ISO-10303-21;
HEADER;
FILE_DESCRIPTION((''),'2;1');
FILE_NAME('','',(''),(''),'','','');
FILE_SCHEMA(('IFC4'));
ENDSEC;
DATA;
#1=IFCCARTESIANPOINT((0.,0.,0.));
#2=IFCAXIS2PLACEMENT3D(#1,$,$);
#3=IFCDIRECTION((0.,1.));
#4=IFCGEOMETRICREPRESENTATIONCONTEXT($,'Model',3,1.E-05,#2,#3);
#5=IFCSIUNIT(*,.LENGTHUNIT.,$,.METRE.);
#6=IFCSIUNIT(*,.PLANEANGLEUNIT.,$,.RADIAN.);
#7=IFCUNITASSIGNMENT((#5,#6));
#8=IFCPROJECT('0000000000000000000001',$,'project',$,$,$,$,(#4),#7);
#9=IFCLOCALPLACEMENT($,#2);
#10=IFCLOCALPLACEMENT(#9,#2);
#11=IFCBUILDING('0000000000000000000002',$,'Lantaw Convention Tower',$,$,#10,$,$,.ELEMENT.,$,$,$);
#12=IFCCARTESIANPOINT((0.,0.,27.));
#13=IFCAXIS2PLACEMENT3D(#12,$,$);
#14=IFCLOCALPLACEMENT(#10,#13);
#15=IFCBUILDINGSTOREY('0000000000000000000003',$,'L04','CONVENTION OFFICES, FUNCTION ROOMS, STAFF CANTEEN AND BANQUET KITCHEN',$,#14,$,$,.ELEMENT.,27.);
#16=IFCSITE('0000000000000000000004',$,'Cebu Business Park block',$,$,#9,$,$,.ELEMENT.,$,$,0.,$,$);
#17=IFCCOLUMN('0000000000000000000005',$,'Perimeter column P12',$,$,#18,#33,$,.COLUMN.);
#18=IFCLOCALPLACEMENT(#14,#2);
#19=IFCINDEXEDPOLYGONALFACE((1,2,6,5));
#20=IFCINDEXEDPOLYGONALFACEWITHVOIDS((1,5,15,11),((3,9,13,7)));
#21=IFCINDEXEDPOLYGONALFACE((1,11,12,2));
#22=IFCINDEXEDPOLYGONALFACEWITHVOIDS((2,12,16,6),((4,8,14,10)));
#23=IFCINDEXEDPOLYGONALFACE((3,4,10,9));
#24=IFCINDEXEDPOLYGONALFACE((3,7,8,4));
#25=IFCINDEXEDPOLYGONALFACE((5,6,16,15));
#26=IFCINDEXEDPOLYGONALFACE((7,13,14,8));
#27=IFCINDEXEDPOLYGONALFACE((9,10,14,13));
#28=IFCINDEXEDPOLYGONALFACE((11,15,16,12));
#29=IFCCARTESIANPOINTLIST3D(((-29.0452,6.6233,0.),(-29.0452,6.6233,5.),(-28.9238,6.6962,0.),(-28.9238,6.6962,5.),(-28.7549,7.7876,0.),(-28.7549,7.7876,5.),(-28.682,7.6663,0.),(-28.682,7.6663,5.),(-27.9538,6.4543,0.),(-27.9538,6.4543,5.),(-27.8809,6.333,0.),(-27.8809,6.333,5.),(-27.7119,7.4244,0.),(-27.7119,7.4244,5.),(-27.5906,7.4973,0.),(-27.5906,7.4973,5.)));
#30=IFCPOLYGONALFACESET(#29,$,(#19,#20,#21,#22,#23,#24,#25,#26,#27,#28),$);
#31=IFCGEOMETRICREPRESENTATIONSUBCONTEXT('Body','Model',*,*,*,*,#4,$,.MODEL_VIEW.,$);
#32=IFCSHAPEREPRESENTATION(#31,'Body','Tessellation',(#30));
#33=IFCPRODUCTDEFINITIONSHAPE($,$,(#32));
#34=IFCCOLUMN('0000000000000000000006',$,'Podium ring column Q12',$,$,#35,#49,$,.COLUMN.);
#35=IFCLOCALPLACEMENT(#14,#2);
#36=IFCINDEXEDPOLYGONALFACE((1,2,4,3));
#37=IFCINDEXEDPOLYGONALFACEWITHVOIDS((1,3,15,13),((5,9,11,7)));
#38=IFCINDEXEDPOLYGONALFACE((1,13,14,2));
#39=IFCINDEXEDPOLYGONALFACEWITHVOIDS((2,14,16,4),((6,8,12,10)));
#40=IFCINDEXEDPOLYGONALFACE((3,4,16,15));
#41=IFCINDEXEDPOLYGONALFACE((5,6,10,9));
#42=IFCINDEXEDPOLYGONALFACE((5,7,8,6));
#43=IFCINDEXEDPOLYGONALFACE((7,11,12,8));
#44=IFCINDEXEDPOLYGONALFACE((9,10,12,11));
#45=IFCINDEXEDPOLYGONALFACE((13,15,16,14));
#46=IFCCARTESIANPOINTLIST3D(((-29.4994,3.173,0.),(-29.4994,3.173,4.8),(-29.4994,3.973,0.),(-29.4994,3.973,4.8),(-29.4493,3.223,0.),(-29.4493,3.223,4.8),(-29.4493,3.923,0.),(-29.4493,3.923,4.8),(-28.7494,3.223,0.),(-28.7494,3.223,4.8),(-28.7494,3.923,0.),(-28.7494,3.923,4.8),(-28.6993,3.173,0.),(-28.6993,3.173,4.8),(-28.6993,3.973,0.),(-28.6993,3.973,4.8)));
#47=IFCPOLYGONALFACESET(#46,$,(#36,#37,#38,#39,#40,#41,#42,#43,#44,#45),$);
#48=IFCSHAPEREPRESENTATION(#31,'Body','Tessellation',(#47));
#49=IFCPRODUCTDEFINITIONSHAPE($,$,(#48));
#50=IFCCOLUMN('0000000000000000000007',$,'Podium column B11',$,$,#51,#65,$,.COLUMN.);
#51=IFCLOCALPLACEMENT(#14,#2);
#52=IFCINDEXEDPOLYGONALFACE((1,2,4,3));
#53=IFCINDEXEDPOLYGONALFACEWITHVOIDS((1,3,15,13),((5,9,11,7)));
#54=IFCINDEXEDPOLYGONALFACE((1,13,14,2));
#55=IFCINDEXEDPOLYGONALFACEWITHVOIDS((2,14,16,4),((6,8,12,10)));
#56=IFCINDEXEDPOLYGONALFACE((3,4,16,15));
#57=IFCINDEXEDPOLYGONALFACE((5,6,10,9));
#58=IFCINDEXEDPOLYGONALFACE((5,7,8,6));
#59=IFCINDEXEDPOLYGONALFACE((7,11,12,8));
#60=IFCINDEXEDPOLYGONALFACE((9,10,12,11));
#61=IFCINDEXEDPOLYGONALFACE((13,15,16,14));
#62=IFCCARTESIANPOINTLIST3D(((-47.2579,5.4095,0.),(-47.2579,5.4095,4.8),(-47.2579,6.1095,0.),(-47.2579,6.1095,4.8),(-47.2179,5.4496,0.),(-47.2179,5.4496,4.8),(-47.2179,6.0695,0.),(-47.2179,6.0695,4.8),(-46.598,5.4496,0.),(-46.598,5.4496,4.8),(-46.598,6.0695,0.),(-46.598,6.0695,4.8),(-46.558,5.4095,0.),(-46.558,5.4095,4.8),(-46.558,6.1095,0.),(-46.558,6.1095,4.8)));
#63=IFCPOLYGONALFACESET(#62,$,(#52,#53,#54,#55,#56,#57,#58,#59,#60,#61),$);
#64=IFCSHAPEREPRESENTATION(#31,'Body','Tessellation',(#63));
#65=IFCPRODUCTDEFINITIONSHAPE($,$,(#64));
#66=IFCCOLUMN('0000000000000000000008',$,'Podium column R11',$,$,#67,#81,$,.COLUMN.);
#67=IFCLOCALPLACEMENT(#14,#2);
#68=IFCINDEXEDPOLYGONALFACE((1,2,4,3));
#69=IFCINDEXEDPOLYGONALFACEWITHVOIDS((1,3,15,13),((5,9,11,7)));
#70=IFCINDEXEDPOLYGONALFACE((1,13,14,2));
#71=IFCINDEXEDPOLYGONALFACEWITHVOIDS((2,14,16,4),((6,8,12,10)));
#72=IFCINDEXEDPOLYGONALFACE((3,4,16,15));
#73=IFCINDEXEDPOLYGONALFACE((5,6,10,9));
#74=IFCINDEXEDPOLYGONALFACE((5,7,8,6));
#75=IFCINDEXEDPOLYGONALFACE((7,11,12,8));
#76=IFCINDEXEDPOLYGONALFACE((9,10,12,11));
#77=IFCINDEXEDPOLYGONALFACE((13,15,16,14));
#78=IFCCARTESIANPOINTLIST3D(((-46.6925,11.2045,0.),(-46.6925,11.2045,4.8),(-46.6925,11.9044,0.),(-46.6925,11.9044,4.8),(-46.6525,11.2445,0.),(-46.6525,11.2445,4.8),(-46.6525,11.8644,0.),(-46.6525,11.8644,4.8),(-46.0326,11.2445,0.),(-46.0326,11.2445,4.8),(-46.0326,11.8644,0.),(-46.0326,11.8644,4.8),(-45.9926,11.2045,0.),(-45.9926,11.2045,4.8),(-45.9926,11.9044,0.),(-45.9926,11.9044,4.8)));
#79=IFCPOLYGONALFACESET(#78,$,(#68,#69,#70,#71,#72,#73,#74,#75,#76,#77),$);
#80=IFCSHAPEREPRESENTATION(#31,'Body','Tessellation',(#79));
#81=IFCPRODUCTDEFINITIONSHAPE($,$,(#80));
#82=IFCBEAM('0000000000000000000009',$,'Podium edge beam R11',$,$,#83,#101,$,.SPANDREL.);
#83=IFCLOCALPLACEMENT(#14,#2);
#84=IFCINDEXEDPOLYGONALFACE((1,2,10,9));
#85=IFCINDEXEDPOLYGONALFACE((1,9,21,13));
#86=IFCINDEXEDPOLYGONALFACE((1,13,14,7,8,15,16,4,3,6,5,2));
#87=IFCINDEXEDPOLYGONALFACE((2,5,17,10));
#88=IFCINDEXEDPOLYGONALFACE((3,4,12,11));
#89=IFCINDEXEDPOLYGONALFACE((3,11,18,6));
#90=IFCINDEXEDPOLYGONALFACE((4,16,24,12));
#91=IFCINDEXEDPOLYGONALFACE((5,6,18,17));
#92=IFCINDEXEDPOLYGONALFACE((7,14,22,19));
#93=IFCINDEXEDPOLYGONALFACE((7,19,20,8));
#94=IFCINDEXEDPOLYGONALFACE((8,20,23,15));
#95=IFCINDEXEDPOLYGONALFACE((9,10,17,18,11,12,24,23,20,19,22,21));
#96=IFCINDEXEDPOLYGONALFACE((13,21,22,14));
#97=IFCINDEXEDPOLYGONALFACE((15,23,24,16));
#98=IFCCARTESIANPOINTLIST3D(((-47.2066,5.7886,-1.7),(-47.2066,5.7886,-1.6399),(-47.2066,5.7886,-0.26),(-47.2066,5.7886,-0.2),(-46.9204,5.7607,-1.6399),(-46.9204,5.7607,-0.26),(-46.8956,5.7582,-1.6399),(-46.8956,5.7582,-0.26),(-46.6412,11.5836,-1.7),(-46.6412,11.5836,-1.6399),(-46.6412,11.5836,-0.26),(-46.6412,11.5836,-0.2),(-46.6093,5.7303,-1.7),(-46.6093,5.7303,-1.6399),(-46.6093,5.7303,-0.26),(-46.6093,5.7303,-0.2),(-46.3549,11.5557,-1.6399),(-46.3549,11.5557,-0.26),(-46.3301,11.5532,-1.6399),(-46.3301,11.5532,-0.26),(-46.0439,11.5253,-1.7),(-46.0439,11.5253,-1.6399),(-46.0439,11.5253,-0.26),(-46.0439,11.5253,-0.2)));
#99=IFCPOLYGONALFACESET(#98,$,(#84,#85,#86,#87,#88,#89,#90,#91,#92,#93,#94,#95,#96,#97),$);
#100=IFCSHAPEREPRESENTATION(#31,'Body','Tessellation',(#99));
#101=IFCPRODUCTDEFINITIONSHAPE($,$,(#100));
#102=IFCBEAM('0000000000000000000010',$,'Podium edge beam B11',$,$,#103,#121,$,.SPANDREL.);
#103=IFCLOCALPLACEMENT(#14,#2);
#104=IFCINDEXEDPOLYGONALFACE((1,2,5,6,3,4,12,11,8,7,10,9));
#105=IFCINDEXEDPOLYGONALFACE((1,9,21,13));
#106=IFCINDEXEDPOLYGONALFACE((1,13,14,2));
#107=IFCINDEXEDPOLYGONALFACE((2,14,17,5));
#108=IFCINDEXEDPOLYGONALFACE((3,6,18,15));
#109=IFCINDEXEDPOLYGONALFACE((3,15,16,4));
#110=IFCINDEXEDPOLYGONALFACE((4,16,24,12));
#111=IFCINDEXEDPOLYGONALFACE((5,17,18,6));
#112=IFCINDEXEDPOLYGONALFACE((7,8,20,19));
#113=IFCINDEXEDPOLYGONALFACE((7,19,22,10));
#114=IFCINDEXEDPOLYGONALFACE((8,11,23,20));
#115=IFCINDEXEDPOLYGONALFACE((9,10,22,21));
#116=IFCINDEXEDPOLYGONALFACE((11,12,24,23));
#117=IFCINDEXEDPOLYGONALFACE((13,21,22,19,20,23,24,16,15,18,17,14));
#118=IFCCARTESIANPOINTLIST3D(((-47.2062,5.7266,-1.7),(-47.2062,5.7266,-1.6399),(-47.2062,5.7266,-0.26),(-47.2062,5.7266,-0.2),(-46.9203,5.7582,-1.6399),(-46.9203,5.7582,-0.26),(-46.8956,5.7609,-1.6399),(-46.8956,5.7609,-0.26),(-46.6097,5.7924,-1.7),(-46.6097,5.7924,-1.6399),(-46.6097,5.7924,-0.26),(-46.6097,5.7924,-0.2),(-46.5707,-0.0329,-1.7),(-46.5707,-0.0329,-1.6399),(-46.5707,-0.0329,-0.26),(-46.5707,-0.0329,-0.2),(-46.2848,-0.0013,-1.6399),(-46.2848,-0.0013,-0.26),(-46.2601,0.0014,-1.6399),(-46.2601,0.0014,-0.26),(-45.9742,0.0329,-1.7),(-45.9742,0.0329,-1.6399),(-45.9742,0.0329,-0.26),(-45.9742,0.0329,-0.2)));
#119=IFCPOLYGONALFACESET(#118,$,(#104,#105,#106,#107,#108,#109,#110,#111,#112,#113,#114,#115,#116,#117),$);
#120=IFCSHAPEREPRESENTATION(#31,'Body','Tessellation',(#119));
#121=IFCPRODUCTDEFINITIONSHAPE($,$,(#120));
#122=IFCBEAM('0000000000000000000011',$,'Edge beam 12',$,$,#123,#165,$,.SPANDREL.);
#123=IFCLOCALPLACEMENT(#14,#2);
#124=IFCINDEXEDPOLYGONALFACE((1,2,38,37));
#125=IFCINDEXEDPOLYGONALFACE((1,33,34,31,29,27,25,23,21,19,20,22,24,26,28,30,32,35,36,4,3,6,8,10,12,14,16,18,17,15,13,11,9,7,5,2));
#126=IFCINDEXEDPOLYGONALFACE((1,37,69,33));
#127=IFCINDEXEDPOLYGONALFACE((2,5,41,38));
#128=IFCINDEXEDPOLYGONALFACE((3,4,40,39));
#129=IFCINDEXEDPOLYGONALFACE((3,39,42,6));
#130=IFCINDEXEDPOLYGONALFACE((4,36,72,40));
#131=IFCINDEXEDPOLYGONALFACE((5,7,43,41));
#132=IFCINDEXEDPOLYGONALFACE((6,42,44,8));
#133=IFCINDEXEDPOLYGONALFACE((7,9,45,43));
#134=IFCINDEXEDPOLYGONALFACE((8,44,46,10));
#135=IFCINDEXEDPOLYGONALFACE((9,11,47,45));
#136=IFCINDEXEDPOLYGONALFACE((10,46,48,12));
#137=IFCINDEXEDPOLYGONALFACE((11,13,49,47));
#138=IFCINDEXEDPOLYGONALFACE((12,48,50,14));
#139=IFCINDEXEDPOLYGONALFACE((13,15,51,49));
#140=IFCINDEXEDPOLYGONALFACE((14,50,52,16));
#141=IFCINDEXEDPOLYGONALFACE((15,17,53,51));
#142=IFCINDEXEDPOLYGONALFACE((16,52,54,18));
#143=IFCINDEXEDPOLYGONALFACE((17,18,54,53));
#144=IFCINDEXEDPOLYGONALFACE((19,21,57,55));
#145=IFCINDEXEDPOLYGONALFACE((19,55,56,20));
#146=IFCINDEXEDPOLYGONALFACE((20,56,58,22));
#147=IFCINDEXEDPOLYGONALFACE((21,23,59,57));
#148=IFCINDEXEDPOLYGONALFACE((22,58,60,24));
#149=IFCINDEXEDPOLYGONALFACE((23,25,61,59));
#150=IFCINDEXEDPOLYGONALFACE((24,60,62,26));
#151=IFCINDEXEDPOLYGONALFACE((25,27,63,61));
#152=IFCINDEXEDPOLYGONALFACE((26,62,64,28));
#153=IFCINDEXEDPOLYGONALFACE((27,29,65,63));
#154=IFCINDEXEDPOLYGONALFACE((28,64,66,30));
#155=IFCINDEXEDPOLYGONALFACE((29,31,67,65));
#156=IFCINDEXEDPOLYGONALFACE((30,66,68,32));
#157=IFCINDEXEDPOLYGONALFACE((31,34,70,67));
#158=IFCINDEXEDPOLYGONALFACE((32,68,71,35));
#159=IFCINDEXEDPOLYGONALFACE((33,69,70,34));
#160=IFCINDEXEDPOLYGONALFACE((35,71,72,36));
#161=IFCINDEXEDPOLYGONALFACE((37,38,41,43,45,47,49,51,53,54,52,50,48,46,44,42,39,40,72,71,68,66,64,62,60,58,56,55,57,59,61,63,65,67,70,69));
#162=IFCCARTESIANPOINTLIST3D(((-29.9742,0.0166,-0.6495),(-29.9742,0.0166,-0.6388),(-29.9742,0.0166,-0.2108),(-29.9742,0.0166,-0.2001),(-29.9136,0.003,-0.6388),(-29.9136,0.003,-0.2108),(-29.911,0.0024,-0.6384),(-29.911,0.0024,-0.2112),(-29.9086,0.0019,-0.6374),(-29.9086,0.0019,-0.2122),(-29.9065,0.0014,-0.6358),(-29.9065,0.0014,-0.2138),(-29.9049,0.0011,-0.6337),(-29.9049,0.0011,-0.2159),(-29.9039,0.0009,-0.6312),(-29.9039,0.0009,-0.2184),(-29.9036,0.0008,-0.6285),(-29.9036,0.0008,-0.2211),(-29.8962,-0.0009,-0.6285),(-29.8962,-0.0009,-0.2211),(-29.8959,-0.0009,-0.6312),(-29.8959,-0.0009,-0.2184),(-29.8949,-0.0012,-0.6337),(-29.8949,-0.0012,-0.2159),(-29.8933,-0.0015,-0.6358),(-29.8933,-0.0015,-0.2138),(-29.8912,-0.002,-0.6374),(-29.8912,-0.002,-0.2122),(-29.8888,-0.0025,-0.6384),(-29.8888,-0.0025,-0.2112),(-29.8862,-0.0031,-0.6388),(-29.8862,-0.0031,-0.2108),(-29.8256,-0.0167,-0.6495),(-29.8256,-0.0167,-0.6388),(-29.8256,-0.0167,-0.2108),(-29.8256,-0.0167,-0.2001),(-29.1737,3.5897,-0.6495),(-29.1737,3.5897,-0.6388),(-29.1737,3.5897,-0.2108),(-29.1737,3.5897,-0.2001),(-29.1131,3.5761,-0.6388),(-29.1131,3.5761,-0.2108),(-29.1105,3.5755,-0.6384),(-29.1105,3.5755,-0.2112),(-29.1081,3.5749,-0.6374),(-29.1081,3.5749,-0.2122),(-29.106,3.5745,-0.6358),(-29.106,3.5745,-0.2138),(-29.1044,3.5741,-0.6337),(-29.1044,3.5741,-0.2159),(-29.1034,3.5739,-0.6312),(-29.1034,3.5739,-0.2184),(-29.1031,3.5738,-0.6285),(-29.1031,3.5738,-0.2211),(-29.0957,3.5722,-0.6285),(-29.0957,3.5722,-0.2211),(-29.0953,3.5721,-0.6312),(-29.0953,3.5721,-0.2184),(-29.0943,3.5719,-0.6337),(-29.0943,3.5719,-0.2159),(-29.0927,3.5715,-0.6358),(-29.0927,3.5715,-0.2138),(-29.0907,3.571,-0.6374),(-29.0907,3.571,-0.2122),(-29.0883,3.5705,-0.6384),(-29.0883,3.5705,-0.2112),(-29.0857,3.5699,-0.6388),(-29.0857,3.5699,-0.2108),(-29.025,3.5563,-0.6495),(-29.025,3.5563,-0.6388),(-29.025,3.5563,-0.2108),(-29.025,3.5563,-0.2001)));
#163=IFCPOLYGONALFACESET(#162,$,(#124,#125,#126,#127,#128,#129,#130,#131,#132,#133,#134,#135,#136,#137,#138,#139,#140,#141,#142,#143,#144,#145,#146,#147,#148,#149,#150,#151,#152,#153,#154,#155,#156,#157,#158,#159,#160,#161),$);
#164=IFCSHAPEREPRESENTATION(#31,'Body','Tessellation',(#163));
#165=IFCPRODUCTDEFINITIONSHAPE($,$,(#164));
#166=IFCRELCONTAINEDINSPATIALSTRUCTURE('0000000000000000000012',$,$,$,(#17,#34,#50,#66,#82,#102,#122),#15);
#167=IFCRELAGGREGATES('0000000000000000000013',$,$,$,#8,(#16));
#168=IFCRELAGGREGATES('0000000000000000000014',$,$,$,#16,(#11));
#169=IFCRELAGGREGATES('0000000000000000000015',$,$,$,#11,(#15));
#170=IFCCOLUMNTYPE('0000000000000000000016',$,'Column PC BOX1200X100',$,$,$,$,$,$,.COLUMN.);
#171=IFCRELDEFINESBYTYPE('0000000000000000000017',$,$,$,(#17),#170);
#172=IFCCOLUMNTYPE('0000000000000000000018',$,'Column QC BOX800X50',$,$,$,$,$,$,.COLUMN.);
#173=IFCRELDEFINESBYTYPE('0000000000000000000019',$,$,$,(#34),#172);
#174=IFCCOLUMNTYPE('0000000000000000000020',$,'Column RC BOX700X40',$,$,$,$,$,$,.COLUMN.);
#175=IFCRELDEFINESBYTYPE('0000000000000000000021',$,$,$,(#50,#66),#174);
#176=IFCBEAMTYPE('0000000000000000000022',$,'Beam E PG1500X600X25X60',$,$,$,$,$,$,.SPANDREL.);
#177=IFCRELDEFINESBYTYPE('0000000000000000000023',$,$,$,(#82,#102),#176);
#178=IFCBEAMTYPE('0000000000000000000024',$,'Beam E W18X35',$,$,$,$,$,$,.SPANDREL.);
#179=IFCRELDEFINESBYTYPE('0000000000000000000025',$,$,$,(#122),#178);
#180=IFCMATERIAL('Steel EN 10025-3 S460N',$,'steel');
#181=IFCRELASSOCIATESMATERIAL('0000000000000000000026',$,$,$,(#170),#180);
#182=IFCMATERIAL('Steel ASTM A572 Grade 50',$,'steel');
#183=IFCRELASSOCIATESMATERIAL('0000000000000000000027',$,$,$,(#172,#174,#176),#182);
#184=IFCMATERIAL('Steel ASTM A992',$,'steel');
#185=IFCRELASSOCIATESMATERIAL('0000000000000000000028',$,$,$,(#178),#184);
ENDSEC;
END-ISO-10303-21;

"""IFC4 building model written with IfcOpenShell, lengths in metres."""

from ifc_helpers import new_model, si_unit, direction, frame, origin, origin_2d, place, context, subcontext, project, spatial, rectangle, hollow_rectangle, i_section, extrude, material, material_profile, profile_set, type_object, element, save


model = new_model("IFC4")

# Units and contexts
model_context = context("Model", 3, precision=1e-05, world=origin(), true_north=direction((0.0, 1.0)))
body_context = subcontext(model_context, "Body", "Model", "MODEL_VIEW")
ifc_project = project(units=[si_unit("LENGTHUNIT", "METRE"), si_unit("PLANEANGLEUNIT", "RADIAN")], contexts=[model_context])

# Site, building, storey
site_placement = place(None, origin())
site = spatial("IfcSite", under=ifc_project, at=site_placement, Name="Cebu Business Park block", CompositionType="ELEMENT", RefElevation=0.0)
building_placement = place(site_placement, origin())
building = spatial("IfcBuilding", under=site, at=building_placement, Name="Lantaw Convention Tower", CompositionType="ELEMENT")
storey_placement = place(building_placement, frame((0.0, 0.0, 27.0)))
storey = spatial("IfcBuildingStorey", under=building, at=storey_placement, Name="L04", Description="CONVENTION OFFICES, FUNCTION ROOMS, STAFF CANTEEN AND BANQUET KITCHEN", CompositionType="ELEMENT", Elevation=27.0)

# Columns
ifc_material_1 = material(Name="Steel EN 10025-3 S460N", Category="steel")
ifc_material_profile_1 = material_profile(ifc_material_1, hollow_rectangle(XDim=1.2, YDim=1.2, WallThickness=0.1001, at=origin_2d()), Name="BOX1200X100")
ifc_material_2 = material(Name="Concrete C60/75", Category="concrete")
ifc_material_profile_2 = material_profile(ifc_material_2, rectangle(XDim=1.0, YDim=1.0, at=origin_2d()), Name="Concrete fill of BOX1200X100")
ifc_profile_set_1 = profile_set([ifc_material_profile_1, ifc_material_profile_2], Name="Steel EN 10025-3 S460N")
column_type_1 = type_object("IfcColumnType", Name="Column PC BOX1200X100", PredefinedType="COLUMN", material=ifc_profile_set_1)
column_1_placement = place(storey_placement, frame((-28.3179, 7.0603, 0.0), z_axis=(0.0, 0.0, 1.0), x_axis=(0.241922, 0.970296, 0.0)))
element("IfcColumn", 1, at=column_1_placement, inside=storey, type_object=column_type_1, Name="Perimeter column P12", PredefinedType="COLUMN", context=body_context, shape_type="SweptSolid", body=[
    extrude(hollow_rectangle(XDim=1.2, YDim=1.2, WallThickness=0.1001, at=origin_2d()), origin(), (0.0, 0.0, 1.0), 5.0),
])
ifc_material_3 = material(Name="Steel ASTM A572 Grade 50", Category="steel")
ifc_material_profile_3 = material_profile(ifc_material_3, hollow_rectangle(XDim=0.8, YDim=0.8, WallThickness=0.05, at=origin_2d()), Name="BOX800X50")
ifc_profile_set_2 = profile_set([ifc_material_profile_3], Name="Steel ASTM A572 Grade 50")
column_type_2 = type_object("IfcColumnType", Name="Column QC BOX800X50", PredefinedType="COLUMN", material=ifc_profile_set_2)
column_2_placement = place(storey_placement, frame((-29.0994, 3.573, 0.0), z_axis=(0.0, 0.0, 1.0), x_axis=(1.0, 0.0, 0.0)))
element("IfcColumn", 2, at=column_2_placement, inside=storey, type_object=column_type_2, Name="Podium ring column Q12", PredefinedType="COLUMN", context=body_context, shape_type="SweptSolid", body=[
    extrude(hollow_rectangle(XDim=0.8, YDim=0.8, WallThickness=0.05, at=origin_2d()), origin(), (0.0, 0.0, 1.0), 4.8),
])
ifc_material_profile_4 = material_profile(ifc_material_3, hollow_rectangle(XDim=0.7, YDim=0.7, WallThickness=0.04, at=origin_2d()), Name="BOX700X40")
ifc_profile_set_3 = profile_set([ifc_material_profile_4], Name="Steel ASTM A572 Grade 50")
column_type_3 = type_object("IfcColumnType", Name="Column RC BOX700X40", PredefinedType="COLUMN", material=ifc_profile_set_3)
for number, where, z_axis, x_axis, name in (
    (3, (-46.908, 5.7595, 0.0), (0.0, 0.0, 1.0), (1.0, 0.0, 0.0), "Podium column B11"),
    (4, (-46.3425, 11.5544, 0.0), (0.0, 0.0, 1.0), (1.0, 0.0, 0.0), "Podium column R11"),
):
    element("IfcColumn", number, at=place(storey_placement, frame(where, z_axis=z_axis, x_axis=x_axis)), inside=storey, type_object=column_type_3, Name=name, PredefinedType="COLUMN", context=body_context, shape_type="SweptSolid", body=[
        extrude(hollow_rectangle(XDim=0.7, YDim=0.7, WallThickness=0.04, at=origin_2d()), origin(), (0.0, 0.0, 1.0), 4.8),
    ])

# Beams
ifc_material_profile_5 = material_profile(ifc_material_3, i_section(OverallWidth=0.6001, OverallDepth=1.5, WebThickness=0.0249, FlangeThickness=0.0601, at=origin_2d()), Name="PG1500X600X25X60")
ifc_profile_set_4 = profile_set([ifc_material_profile_5], Name="Steel ASTM A572 Grade 50")
beam_type_1 = type_object("IfcBeamType", Name="Beam E PG1500X600X25X60", PredefinedType="SPANDREL", material=ifc_profile_set_4)
beam_1_placement = place(storey_placement, frame((-46.3425, 11.5544, -0.95), z_axis=(-0.097112, -0.995273, 0.0), x_axis=(0.995273, -0.097112, 0.0)))
element("IfcBeam", 5, at=beam_1_placement, inside=storey, type_object=beam_type_1, Name="Podium edge beam R11", PredefinedType="SPANDREL", context=body_context, shape_type="SweptSolid", body=[
    extrude(i_section(OverallWidth=0.6001, OverallDepth=1.5, WebThickness=0.0249, FlangeThickness=0.0601, at=origin_2d()), origin(), (0.0, 0.0, 1.0), 5.8225),
])
beam_2_placement = place(storey_placement, frame((-46.908, 5.7595, -0.95), z_axis=(0.109673, -0.993968, 0.0), x_axis=(0.993968, 0.109673, 0.0)))
element("IfcBeam", 6, at=beam_2_placement, inside=storey, type_object=beam_type_1, Name="Podium edge beam B11", PredefinedType="SPANDREL", context=body_context, shape_type="SweptSolid", body=[
    extrude(i_section(OverallWidth=0.6001, OverallDepth=1.5, WebThickness=0.0249, FlangeThickness=0.0601, at=origin_2d()), origin(), (0.0, 0.0, 1.0), 5.7944),
])
ifc_material_4 = material(Name="Steel ASTM A992", Category="steel")
ifc_material_profile_6 = material_profile(ifc_material_4, i_section(OverallWidth=0.1523, OverallDepth=0.4495, WebThickness=0.0076, FlangeThickness=0.0107, FilletRadius=0.0103, at=origin_2d()), Name="W18X35")
ifc_profile_set_5 = profile_set([ifc_material_profile_6], Name="Steel ASTM A992")
beam_type_2 = type_object("IfcBeamType", Name="Beam E W18X35", PredefinedType="SPANDREL", material=ifc_profile_set_5)
beam_3_placement = place(storey_placement, frame((-29.0994, 3.573, -0.4248), z_axis=(-0.218632, -0.975807, 0.0), x_axis=(0.975807, -0.218632, 0.0)))
element("IfcBeam", 7, at=beam_3_placement, inside=storey, type_object=beam_type_2, Name="Edge beam 12", PredefinedType="SPANDREL", context=body_context, shape_type="SweptSolid", body=[
    extrude(i_section(OverallWidth=0.1523, OverallDepth=0.4495, WebThickness=0.0076, FlangeThickness=0.0107, FilletRadius=0.0103, at=origin_2d()), origin(), (0.0, 0.0, 1.0), 3.6616),
])

save(model, "model.ifc")
